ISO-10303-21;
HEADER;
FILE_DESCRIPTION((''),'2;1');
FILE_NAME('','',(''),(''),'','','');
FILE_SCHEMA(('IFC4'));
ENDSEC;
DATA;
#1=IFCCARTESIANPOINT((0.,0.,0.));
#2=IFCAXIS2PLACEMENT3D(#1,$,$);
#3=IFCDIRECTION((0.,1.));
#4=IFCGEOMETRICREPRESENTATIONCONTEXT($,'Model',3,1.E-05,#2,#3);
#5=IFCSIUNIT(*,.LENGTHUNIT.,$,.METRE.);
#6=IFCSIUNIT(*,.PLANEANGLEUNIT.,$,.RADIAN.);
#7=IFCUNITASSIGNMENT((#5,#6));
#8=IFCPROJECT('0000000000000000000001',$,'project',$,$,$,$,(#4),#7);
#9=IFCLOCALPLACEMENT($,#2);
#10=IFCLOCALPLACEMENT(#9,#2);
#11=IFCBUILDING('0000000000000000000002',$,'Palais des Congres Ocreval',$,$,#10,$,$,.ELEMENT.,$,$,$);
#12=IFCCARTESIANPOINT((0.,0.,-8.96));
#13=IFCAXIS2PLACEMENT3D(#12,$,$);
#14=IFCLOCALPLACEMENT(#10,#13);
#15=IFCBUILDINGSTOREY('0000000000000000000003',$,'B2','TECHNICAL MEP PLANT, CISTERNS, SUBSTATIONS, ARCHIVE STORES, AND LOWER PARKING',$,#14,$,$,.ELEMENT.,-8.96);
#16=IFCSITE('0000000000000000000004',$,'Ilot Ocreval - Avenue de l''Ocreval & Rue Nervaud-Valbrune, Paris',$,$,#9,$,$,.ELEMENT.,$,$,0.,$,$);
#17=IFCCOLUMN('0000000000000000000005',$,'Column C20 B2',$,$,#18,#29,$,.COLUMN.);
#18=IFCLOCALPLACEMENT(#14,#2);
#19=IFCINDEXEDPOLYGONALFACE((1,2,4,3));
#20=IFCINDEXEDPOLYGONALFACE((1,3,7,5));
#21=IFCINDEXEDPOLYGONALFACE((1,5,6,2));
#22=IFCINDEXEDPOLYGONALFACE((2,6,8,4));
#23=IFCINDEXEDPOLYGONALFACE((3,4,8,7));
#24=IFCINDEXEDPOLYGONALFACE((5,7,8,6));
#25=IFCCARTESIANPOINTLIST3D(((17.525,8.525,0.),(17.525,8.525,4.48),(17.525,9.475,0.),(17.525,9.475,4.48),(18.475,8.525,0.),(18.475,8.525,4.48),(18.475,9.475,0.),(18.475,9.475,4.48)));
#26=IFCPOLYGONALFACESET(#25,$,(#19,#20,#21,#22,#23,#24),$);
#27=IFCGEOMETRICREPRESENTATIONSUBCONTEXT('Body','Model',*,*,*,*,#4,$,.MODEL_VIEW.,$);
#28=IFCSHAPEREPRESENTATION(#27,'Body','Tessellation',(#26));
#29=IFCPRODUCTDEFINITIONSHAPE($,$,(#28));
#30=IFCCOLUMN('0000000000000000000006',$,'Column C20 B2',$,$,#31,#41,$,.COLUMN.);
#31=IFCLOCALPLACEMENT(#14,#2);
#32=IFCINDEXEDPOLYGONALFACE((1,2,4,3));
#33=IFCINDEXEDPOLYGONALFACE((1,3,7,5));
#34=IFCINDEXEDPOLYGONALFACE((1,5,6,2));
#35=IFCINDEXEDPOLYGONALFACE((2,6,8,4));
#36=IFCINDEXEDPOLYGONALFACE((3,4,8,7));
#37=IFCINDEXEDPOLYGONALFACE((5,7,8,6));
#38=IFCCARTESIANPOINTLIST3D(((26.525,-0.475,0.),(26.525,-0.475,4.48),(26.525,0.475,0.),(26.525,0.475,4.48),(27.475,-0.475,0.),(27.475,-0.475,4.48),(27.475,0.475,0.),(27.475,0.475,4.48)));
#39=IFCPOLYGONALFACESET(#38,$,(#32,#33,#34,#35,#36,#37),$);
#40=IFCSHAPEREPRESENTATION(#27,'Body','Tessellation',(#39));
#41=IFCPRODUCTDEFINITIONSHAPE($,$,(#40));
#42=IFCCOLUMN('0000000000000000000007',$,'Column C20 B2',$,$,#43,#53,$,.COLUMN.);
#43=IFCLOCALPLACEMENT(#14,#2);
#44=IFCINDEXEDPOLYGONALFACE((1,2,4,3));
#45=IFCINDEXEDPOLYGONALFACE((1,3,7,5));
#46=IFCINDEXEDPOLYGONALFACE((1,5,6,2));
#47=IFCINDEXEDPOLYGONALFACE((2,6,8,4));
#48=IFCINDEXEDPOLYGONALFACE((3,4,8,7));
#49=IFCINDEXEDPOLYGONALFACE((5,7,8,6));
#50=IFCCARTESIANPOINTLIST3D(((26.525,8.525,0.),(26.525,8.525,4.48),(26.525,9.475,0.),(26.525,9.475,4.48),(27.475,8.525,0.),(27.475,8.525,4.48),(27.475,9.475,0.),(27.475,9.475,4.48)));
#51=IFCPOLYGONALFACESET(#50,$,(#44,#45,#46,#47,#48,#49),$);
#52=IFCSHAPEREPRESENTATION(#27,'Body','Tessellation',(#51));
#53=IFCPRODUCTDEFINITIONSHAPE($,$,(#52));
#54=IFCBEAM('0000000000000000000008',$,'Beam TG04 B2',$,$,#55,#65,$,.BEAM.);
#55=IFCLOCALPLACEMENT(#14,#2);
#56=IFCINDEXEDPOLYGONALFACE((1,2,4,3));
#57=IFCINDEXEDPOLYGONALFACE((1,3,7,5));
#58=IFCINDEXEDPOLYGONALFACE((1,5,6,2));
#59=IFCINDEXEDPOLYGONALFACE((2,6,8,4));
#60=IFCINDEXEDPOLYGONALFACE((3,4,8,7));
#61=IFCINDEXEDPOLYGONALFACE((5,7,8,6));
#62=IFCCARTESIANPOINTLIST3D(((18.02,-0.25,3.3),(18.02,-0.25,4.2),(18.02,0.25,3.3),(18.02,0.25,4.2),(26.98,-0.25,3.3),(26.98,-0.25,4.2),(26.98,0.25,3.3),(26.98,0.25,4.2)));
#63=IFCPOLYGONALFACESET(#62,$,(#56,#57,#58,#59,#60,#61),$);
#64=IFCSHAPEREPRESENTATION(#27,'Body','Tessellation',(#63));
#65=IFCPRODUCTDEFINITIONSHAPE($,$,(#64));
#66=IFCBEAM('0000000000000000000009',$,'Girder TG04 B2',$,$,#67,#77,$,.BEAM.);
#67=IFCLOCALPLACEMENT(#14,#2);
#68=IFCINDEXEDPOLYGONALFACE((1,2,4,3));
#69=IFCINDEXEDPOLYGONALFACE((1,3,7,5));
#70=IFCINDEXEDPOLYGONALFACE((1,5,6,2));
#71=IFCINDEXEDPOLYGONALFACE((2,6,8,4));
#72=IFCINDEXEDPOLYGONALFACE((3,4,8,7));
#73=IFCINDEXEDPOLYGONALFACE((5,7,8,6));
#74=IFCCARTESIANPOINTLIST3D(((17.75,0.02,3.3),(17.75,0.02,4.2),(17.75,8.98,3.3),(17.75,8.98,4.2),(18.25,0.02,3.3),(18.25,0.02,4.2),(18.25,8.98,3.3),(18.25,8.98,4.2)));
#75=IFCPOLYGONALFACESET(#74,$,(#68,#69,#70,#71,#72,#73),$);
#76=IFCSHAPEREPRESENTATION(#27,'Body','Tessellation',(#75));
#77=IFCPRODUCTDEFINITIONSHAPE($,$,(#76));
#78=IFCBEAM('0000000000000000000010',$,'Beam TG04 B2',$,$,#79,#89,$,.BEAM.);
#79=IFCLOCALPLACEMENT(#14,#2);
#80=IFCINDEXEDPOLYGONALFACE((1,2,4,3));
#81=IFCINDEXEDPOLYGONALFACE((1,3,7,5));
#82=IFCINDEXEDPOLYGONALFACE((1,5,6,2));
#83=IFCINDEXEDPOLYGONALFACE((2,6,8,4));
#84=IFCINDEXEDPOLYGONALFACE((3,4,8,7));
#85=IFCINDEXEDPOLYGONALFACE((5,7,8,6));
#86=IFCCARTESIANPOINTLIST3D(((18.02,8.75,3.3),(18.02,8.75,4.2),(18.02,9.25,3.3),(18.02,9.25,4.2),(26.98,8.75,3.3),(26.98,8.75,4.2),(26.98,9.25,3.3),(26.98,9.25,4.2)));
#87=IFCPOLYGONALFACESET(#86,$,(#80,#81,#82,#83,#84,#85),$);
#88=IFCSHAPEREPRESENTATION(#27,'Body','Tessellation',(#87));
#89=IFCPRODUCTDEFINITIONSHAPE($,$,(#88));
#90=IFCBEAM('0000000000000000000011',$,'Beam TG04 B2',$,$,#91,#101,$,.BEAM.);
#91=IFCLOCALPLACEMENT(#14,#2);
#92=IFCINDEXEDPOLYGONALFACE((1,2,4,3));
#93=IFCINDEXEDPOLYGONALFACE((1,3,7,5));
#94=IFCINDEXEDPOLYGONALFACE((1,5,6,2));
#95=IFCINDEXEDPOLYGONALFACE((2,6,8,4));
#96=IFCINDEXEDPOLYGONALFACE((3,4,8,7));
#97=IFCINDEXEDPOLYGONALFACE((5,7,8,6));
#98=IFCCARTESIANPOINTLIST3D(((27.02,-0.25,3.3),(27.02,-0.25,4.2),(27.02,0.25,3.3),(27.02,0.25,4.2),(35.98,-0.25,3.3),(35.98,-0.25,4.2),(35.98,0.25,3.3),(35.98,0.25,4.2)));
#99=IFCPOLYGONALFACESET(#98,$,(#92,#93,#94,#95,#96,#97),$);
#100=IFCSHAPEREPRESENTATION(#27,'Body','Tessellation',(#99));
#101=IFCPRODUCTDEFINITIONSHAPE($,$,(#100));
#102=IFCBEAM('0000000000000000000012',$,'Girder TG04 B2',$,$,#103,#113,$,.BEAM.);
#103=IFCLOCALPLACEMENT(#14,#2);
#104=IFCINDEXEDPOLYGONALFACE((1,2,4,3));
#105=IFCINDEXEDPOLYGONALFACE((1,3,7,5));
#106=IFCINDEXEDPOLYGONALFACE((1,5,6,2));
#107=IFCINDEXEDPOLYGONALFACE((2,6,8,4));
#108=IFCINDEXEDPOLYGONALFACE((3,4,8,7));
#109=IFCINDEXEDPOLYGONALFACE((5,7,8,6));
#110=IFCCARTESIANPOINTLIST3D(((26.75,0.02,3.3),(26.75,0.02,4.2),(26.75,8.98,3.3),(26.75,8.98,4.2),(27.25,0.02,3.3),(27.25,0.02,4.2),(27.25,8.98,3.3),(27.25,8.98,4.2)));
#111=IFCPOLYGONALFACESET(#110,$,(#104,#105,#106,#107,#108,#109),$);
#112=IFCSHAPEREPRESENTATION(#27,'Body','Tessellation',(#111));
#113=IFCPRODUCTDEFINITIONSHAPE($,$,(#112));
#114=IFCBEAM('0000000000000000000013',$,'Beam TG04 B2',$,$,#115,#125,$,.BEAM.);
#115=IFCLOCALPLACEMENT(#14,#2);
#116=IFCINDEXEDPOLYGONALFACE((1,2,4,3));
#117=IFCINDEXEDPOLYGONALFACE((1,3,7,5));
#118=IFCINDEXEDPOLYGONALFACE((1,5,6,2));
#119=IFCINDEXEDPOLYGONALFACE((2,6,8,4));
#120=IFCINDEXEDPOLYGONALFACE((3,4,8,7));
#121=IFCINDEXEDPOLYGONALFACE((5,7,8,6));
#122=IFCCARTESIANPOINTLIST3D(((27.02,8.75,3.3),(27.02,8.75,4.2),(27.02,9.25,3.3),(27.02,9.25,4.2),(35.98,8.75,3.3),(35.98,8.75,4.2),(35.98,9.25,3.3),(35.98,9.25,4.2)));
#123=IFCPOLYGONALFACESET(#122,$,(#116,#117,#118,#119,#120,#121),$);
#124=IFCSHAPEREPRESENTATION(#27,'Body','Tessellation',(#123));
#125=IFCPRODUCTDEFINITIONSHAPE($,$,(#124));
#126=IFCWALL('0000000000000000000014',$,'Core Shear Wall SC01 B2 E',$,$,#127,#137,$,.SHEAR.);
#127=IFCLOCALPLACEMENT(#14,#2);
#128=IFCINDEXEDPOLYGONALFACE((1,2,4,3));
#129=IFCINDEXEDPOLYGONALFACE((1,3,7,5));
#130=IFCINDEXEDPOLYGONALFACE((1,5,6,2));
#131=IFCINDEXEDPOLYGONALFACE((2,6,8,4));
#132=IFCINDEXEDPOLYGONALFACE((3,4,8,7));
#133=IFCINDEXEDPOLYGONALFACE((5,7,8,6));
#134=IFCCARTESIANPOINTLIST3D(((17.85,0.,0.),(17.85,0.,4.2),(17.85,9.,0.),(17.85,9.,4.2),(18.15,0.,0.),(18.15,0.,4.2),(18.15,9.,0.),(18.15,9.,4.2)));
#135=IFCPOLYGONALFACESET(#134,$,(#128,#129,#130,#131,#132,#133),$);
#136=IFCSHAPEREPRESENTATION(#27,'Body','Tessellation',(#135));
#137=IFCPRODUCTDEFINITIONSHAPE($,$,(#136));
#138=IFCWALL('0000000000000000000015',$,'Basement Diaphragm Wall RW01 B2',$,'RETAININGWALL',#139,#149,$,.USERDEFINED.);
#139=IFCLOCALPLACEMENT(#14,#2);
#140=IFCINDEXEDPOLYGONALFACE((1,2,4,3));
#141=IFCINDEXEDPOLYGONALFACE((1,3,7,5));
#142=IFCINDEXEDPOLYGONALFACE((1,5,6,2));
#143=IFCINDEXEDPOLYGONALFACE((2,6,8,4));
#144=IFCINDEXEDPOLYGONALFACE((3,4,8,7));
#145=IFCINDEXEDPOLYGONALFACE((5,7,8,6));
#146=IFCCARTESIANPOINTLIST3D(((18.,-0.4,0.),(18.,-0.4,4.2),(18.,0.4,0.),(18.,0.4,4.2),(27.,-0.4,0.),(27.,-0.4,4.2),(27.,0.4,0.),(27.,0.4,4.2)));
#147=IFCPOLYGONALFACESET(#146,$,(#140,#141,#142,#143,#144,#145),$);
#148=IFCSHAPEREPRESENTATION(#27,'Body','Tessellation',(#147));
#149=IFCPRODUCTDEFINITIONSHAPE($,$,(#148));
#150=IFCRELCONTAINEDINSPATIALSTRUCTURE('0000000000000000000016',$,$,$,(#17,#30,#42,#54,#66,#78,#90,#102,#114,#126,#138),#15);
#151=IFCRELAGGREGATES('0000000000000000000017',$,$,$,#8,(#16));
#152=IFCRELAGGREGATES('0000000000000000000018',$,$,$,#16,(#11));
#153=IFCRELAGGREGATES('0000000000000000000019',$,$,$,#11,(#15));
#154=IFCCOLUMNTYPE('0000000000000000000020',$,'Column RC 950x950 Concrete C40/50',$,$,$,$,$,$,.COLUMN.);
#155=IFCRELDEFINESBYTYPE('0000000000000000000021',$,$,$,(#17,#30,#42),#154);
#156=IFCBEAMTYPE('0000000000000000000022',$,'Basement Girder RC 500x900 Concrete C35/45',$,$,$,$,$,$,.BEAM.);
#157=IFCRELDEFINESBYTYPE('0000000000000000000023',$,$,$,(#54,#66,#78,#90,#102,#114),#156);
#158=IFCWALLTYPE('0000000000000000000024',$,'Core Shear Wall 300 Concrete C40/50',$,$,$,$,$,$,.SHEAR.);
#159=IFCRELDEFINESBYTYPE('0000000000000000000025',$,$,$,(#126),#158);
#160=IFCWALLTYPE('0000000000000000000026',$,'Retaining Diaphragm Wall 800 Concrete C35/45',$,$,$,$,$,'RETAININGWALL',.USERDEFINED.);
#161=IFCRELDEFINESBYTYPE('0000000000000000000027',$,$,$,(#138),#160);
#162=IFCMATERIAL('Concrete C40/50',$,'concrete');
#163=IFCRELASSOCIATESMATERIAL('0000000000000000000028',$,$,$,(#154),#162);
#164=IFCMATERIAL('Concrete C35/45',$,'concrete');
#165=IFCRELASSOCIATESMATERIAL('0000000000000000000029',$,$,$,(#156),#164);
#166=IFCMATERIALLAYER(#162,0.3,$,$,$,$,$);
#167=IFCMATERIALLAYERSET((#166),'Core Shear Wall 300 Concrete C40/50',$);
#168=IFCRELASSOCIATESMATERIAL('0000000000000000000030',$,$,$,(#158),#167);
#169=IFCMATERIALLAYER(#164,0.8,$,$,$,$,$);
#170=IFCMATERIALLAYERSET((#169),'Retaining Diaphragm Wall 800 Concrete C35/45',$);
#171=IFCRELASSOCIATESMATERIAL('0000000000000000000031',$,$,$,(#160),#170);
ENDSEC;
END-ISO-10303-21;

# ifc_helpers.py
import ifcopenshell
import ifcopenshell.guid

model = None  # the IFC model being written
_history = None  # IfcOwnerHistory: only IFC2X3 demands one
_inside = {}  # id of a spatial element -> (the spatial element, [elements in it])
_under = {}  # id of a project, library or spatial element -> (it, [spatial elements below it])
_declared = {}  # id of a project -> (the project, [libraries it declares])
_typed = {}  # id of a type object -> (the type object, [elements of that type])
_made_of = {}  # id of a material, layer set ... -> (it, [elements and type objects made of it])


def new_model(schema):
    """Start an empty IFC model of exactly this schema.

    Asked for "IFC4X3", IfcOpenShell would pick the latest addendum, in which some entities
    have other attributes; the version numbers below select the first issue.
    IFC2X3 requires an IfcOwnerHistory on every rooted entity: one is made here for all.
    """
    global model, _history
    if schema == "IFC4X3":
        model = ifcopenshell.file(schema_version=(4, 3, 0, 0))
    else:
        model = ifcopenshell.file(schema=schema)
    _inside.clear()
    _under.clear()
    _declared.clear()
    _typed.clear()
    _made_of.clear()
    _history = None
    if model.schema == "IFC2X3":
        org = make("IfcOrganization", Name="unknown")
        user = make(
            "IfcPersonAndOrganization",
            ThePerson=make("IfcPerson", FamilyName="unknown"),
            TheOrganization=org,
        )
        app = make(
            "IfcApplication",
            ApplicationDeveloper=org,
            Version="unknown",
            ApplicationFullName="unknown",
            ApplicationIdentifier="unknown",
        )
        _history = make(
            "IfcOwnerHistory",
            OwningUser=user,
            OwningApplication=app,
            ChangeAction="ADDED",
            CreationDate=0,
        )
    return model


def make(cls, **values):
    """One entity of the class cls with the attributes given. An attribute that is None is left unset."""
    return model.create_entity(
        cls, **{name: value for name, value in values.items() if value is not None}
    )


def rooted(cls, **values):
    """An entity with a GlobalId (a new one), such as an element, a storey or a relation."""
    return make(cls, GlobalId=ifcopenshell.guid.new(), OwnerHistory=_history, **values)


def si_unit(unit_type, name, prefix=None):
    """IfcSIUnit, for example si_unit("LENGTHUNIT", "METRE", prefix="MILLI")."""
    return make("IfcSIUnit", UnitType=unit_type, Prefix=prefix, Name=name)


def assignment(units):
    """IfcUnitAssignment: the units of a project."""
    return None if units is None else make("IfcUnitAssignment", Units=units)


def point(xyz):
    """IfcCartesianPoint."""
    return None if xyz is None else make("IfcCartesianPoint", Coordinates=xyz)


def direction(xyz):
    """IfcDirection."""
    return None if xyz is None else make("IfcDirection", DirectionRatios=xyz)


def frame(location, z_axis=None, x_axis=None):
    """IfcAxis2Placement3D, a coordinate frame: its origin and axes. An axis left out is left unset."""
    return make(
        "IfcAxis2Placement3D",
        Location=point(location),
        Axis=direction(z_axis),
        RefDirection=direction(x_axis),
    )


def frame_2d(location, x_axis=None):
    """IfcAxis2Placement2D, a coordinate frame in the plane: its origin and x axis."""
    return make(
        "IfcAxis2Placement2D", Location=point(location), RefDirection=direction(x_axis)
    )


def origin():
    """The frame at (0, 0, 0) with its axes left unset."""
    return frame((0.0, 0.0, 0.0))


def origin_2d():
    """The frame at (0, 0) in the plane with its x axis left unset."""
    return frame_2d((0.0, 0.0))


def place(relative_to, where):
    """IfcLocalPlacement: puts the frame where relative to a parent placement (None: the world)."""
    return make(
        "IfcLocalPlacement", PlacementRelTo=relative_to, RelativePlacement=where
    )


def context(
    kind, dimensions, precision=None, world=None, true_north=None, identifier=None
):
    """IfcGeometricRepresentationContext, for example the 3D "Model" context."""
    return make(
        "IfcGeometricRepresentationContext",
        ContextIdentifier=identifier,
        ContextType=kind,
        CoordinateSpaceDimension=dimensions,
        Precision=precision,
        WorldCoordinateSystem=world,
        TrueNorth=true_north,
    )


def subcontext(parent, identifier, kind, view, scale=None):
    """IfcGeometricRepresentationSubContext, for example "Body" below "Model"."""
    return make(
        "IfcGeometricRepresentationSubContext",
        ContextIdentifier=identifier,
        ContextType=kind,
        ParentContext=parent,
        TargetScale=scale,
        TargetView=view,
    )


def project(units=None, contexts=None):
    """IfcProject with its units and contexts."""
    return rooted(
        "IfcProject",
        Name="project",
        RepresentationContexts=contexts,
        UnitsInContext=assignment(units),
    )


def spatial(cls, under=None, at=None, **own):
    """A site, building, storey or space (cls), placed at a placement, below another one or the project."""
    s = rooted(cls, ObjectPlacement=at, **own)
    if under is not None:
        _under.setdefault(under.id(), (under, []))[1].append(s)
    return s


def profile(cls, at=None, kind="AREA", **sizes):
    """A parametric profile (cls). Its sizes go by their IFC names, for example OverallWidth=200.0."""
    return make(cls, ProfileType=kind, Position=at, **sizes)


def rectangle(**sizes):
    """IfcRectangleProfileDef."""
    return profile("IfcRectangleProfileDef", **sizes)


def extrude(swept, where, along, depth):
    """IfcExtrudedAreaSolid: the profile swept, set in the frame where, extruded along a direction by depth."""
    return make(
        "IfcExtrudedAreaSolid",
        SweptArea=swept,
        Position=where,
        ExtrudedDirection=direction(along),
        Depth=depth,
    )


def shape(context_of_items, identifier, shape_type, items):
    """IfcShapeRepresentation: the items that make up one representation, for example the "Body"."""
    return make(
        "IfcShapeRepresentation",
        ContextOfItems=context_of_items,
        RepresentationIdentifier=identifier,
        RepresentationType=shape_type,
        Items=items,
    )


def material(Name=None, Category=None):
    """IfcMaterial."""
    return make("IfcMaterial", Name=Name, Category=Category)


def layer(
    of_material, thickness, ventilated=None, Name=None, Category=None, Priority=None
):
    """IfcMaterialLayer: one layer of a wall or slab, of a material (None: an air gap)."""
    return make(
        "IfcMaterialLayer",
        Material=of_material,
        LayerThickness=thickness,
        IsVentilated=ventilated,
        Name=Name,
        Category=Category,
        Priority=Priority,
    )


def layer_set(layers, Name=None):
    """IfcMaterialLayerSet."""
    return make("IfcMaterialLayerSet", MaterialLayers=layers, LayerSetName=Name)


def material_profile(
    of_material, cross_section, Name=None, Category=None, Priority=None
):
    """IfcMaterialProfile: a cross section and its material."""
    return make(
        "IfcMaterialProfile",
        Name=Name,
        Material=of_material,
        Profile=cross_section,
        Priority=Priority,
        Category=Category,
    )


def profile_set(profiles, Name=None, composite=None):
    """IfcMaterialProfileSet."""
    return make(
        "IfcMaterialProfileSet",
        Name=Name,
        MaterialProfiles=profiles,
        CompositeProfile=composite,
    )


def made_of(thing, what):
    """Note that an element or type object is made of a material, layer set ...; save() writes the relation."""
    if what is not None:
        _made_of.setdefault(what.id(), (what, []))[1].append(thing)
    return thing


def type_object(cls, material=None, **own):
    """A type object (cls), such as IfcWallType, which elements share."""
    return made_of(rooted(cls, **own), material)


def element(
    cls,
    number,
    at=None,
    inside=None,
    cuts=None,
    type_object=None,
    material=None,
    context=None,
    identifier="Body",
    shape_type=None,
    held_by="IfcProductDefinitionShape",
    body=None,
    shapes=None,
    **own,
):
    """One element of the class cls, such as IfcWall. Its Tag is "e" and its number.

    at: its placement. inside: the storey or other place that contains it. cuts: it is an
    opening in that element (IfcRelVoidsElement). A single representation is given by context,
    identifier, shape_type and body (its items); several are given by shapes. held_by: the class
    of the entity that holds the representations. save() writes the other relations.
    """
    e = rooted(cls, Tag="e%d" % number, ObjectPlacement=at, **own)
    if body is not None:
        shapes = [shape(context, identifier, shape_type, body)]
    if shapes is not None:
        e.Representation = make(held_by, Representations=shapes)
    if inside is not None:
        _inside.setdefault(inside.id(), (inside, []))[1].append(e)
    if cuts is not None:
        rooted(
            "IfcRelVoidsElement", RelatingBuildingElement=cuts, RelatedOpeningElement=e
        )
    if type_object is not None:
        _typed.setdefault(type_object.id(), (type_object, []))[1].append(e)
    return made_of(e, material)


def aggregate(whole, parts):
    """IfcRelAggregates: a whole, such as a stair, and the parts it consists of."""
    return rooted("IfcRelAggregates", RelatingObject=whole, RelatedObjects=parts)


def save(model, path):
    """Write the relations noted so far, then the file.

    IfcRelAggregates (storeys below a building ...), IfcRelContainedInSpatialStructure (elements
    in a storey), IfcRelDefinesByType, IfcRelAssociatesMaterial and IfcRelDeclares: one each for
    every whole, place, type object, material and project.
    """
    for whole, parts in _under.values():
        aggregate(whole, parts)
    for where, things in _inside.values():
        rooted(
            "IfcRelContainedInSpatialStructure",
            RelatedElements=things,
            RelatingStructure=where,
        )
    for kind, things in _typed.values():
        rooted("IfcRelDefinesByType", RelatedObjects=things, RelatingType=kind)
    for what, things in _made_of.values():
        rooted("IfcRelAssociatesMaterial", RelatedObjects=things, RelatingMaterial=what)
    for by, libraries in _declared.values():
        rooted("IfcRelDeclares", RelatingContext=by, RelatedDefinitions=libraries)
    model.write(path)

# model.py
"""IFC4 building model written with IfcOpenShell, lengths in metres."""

from ifc_helpers import new_model, si_unit, direction, frame, frame_2d, origin, origin_2d, place, context, subcontext, project, spatial, rectangle, extrude, material, layer, layer_set, material_profile, profile_set, type_object, element, save


model = new_model("IFC4")

# Units and contexts
model_context = context("Model", 3, precision=1e-05, world=origin(), true_north=direction((0.0, 1.0)))
body_context = subcontext(model_context, "Body", "Model", "MODEL_VIEW")
ifc_project = project(units=[si_unit("LENGTHUNIT", "METRE"), si_unit("PLANEANGLEUNIT", "RADIAN")], contexts=[model_context])

# Site, building, storey
site_placement = place(None, origin())
site = spatial("IfcSite", under=ifc_project, at=site_placement, Name="Ilot Ocreval - Avenue de l'Ocreval & Rue Nervaud-Valbrune, Paris", CompositionType="ELEMENT", RefElevation=0.0)
building_placement = place(site_placement, origin())
building = spatial("IfcBuilding", under=site, at=building_placement, Name="Palais des Congres Ocreval", CompositionType="ELEMENT")
storey_placement = place(building_placement, frame((0.0, 0.0, -8.96)))
storey = spatial("IfcBuildingStorey", under=building, at=storey_placement, Name="B2", Description="TECHNICAL MEP PLANT, CISTERNS, SUBSTATIONS, ARCHIVE STORES, AND LOWER PARKING", CompositionType="ELEMENT", Elevation=-8.96)

# Shared definitions
ifc_material_1 = material(Name="Concrete C35/45", Category="concrete")

# Columns
ifc_material_2 = material(Name="Concrete C40/50", Category="concrete")
ifc_material_profile_1 = material_profile(ifc_material_2, rectangle(XDim=0.95, YDim=0.95, at=origin_2d()), Name="RC 950x950")
ifc_profile_set_1 = profile_set([ifc_material_profile_1], Name="Concrete C40/50")
column_type = type_object("IfcColumnType", Name="Column RC 950x950 Concrete C40/50", PredefinedType="COLUMN", material=ifc_profile_set_1)
for number, where, z_axis, x_axis, name in (
    (1, (18.0, 9.0, 0.0), (0.0, 0.0, 1.0), (1.0, 0.0, 0.0), "Column C20 B2"),
    (2, (27.0, 0.0, 0.0), (0.0, 0.0, 1.0), (1.0, 0.0, 0.0), "Column C20 B2"),
    (3, (27.0, 9.0, 0.0), (0.0, 0.0, 1.0), (1.0, 0.0, 0.0), "Column C20 B2"),
):
    element("IfcColumn", number, at=place(storey_placement, frame(where, z_axis=z_axis, x_axis=x_axis)), inside=storey, type_object=column_type, Name=name, PredefinedType="COLUMN", context=body_context, shape_type="SweptSolid", body=[
        extrude(rectangle(XDim=0.95, YDim=0.95, at=origin_2d()), origin(), (0.0, 0.0, 1.0), 4.48),
    ])

# Beams
ifc_material_profile_2 = material_profile(ifc_material_1, rectangle(XDim=0.5, YDim=0.8999, at=origin_2d()), Name="RC 500x900")
ifc_profile_set_2 = profile_set([ifc_material_profile_2], Name="Concrete C35/45")
beam_type = type_object("IfcBeamType", Name="Basement Girder RC 500x900 Concrete C35/45", PredefinedType="BEAM", material=ifc_profile_set_2)
for number, where, z_axis, x_axis, name in (
    (4, (18.02, 0.0, 3.75), (1.0, 0.0, 0.0), (0.0, 1.0, 0.0), "Beam TG04 B2"),
    (5, (18.0, 0.02, 3.75), (0.0, 1.0, 0.0), (-1.0, 0.0, 0.0), "Girder TG04 B2"),
    (6, (18.02, 9.0, 3.75), (1.0, 0.0, 0.0), (0.0, 1.0, 0.0), "Beam TG04 B2"),
    (7, (27.02, 0.0, 3.75), (1.0, 0.0, 0.0), (0.0, 1.0, 0.0), "Beam TG04 B2"),
    (8, (27.0, 0.02, 3.75), (0.0, 1.0, 0.0), (-1.0, 0.0, 0.0), "Girder TG04 B2"),
    (9, (27.02, 9.0, 3.75), (1.0, 0.0, 0.0), (0.0, 1.0, 0.0), "Beam TG04 B2"),
):
    element("IfcBeam", number, at=place(storey_placement, frame(where, z_axis=z_axis, x_axis=x_axis)), inside=storey, type_object=beam_type, Name=name, PredefinedType="BEAM", context=body_context, shape_type="SweptSolid", body=[
        extrude(rectangle(XDim=0.5, YDim=0.8999, at=origin_2d()), origin(), (0.0, 0.0, 1.0), 8.96),
    ])

# Walls
ifc_layer_1 = layer(ifc_material_2, 0.3)
ifc_layer_set_1 = layer_set([ifc_layer_1], Name="Core Shear Wall 300 Concrete C40/50")
wall_type_1 = type_object("IfcWallType", Name="Core Shear Wall 300 Concrete C40/50", PredefinedType="SHEAR", material=ifc_layer_set_1)
wall_1_placement = place(storey_placement, frame((18.0, 0.0, 0.0), z_axis=(0.0, 0.0, 1.0), x_axis=(0.0, 1.0, 0.0)))
element("IfcWall", 10, at=wall_1_placement, inside=storey, type_object=wall_type_1, Name="Core Shear Wall SC01 B2 E", PredefinedType="SHEAR", context=body_context, shape_type="SweptSolid", body=[
    extrude(rectangle(XDim=9.0, YDim=0.3, at=frame_2d((4.5, 0.0))), origin(), (0.0, 0.0, 1.0), 4.2),
])
ifc_layer_2 = layer(ifc_material_1, 0.8)
ifc_layer_set_2 = layer_set([ifc_layer_2], Name="Retaining Diaphragm Wall 800 Concrete C35/45")
wall_type_2 = type_object("IfcWallType", Name="Retaining Diaphragm Wall 800 Concrete C35/45", ElementType="RETAININGWALL", PredefinedType="USERDEFINED", material=ifc_layer_set_2)
wall_2_placement = place(storey_placement, frame((27.0, 0.0, 0.0), z_axis=(0.0, 0.0, 1.0), x_axis=(-1.0, 0.0, 0.0)))
element("IfcWall", 11, at=wall_2_placement, inside=storey, type_object=wall_type_2, Name="Basement Diaphragm Wall RW01 B2", ObjectType="RETAININGWALL", PredefinedType="USERDEFINED", context=body_context, shape_type="SweptSolid", body=[
    extrude(rectangle(XDim=9.0, YDim=0.8, at=frame_2d((4.5, 0.0))), origin(), (0.0, 0.0, 1.0), 4.2),
])

save(model, "model.ifc")
